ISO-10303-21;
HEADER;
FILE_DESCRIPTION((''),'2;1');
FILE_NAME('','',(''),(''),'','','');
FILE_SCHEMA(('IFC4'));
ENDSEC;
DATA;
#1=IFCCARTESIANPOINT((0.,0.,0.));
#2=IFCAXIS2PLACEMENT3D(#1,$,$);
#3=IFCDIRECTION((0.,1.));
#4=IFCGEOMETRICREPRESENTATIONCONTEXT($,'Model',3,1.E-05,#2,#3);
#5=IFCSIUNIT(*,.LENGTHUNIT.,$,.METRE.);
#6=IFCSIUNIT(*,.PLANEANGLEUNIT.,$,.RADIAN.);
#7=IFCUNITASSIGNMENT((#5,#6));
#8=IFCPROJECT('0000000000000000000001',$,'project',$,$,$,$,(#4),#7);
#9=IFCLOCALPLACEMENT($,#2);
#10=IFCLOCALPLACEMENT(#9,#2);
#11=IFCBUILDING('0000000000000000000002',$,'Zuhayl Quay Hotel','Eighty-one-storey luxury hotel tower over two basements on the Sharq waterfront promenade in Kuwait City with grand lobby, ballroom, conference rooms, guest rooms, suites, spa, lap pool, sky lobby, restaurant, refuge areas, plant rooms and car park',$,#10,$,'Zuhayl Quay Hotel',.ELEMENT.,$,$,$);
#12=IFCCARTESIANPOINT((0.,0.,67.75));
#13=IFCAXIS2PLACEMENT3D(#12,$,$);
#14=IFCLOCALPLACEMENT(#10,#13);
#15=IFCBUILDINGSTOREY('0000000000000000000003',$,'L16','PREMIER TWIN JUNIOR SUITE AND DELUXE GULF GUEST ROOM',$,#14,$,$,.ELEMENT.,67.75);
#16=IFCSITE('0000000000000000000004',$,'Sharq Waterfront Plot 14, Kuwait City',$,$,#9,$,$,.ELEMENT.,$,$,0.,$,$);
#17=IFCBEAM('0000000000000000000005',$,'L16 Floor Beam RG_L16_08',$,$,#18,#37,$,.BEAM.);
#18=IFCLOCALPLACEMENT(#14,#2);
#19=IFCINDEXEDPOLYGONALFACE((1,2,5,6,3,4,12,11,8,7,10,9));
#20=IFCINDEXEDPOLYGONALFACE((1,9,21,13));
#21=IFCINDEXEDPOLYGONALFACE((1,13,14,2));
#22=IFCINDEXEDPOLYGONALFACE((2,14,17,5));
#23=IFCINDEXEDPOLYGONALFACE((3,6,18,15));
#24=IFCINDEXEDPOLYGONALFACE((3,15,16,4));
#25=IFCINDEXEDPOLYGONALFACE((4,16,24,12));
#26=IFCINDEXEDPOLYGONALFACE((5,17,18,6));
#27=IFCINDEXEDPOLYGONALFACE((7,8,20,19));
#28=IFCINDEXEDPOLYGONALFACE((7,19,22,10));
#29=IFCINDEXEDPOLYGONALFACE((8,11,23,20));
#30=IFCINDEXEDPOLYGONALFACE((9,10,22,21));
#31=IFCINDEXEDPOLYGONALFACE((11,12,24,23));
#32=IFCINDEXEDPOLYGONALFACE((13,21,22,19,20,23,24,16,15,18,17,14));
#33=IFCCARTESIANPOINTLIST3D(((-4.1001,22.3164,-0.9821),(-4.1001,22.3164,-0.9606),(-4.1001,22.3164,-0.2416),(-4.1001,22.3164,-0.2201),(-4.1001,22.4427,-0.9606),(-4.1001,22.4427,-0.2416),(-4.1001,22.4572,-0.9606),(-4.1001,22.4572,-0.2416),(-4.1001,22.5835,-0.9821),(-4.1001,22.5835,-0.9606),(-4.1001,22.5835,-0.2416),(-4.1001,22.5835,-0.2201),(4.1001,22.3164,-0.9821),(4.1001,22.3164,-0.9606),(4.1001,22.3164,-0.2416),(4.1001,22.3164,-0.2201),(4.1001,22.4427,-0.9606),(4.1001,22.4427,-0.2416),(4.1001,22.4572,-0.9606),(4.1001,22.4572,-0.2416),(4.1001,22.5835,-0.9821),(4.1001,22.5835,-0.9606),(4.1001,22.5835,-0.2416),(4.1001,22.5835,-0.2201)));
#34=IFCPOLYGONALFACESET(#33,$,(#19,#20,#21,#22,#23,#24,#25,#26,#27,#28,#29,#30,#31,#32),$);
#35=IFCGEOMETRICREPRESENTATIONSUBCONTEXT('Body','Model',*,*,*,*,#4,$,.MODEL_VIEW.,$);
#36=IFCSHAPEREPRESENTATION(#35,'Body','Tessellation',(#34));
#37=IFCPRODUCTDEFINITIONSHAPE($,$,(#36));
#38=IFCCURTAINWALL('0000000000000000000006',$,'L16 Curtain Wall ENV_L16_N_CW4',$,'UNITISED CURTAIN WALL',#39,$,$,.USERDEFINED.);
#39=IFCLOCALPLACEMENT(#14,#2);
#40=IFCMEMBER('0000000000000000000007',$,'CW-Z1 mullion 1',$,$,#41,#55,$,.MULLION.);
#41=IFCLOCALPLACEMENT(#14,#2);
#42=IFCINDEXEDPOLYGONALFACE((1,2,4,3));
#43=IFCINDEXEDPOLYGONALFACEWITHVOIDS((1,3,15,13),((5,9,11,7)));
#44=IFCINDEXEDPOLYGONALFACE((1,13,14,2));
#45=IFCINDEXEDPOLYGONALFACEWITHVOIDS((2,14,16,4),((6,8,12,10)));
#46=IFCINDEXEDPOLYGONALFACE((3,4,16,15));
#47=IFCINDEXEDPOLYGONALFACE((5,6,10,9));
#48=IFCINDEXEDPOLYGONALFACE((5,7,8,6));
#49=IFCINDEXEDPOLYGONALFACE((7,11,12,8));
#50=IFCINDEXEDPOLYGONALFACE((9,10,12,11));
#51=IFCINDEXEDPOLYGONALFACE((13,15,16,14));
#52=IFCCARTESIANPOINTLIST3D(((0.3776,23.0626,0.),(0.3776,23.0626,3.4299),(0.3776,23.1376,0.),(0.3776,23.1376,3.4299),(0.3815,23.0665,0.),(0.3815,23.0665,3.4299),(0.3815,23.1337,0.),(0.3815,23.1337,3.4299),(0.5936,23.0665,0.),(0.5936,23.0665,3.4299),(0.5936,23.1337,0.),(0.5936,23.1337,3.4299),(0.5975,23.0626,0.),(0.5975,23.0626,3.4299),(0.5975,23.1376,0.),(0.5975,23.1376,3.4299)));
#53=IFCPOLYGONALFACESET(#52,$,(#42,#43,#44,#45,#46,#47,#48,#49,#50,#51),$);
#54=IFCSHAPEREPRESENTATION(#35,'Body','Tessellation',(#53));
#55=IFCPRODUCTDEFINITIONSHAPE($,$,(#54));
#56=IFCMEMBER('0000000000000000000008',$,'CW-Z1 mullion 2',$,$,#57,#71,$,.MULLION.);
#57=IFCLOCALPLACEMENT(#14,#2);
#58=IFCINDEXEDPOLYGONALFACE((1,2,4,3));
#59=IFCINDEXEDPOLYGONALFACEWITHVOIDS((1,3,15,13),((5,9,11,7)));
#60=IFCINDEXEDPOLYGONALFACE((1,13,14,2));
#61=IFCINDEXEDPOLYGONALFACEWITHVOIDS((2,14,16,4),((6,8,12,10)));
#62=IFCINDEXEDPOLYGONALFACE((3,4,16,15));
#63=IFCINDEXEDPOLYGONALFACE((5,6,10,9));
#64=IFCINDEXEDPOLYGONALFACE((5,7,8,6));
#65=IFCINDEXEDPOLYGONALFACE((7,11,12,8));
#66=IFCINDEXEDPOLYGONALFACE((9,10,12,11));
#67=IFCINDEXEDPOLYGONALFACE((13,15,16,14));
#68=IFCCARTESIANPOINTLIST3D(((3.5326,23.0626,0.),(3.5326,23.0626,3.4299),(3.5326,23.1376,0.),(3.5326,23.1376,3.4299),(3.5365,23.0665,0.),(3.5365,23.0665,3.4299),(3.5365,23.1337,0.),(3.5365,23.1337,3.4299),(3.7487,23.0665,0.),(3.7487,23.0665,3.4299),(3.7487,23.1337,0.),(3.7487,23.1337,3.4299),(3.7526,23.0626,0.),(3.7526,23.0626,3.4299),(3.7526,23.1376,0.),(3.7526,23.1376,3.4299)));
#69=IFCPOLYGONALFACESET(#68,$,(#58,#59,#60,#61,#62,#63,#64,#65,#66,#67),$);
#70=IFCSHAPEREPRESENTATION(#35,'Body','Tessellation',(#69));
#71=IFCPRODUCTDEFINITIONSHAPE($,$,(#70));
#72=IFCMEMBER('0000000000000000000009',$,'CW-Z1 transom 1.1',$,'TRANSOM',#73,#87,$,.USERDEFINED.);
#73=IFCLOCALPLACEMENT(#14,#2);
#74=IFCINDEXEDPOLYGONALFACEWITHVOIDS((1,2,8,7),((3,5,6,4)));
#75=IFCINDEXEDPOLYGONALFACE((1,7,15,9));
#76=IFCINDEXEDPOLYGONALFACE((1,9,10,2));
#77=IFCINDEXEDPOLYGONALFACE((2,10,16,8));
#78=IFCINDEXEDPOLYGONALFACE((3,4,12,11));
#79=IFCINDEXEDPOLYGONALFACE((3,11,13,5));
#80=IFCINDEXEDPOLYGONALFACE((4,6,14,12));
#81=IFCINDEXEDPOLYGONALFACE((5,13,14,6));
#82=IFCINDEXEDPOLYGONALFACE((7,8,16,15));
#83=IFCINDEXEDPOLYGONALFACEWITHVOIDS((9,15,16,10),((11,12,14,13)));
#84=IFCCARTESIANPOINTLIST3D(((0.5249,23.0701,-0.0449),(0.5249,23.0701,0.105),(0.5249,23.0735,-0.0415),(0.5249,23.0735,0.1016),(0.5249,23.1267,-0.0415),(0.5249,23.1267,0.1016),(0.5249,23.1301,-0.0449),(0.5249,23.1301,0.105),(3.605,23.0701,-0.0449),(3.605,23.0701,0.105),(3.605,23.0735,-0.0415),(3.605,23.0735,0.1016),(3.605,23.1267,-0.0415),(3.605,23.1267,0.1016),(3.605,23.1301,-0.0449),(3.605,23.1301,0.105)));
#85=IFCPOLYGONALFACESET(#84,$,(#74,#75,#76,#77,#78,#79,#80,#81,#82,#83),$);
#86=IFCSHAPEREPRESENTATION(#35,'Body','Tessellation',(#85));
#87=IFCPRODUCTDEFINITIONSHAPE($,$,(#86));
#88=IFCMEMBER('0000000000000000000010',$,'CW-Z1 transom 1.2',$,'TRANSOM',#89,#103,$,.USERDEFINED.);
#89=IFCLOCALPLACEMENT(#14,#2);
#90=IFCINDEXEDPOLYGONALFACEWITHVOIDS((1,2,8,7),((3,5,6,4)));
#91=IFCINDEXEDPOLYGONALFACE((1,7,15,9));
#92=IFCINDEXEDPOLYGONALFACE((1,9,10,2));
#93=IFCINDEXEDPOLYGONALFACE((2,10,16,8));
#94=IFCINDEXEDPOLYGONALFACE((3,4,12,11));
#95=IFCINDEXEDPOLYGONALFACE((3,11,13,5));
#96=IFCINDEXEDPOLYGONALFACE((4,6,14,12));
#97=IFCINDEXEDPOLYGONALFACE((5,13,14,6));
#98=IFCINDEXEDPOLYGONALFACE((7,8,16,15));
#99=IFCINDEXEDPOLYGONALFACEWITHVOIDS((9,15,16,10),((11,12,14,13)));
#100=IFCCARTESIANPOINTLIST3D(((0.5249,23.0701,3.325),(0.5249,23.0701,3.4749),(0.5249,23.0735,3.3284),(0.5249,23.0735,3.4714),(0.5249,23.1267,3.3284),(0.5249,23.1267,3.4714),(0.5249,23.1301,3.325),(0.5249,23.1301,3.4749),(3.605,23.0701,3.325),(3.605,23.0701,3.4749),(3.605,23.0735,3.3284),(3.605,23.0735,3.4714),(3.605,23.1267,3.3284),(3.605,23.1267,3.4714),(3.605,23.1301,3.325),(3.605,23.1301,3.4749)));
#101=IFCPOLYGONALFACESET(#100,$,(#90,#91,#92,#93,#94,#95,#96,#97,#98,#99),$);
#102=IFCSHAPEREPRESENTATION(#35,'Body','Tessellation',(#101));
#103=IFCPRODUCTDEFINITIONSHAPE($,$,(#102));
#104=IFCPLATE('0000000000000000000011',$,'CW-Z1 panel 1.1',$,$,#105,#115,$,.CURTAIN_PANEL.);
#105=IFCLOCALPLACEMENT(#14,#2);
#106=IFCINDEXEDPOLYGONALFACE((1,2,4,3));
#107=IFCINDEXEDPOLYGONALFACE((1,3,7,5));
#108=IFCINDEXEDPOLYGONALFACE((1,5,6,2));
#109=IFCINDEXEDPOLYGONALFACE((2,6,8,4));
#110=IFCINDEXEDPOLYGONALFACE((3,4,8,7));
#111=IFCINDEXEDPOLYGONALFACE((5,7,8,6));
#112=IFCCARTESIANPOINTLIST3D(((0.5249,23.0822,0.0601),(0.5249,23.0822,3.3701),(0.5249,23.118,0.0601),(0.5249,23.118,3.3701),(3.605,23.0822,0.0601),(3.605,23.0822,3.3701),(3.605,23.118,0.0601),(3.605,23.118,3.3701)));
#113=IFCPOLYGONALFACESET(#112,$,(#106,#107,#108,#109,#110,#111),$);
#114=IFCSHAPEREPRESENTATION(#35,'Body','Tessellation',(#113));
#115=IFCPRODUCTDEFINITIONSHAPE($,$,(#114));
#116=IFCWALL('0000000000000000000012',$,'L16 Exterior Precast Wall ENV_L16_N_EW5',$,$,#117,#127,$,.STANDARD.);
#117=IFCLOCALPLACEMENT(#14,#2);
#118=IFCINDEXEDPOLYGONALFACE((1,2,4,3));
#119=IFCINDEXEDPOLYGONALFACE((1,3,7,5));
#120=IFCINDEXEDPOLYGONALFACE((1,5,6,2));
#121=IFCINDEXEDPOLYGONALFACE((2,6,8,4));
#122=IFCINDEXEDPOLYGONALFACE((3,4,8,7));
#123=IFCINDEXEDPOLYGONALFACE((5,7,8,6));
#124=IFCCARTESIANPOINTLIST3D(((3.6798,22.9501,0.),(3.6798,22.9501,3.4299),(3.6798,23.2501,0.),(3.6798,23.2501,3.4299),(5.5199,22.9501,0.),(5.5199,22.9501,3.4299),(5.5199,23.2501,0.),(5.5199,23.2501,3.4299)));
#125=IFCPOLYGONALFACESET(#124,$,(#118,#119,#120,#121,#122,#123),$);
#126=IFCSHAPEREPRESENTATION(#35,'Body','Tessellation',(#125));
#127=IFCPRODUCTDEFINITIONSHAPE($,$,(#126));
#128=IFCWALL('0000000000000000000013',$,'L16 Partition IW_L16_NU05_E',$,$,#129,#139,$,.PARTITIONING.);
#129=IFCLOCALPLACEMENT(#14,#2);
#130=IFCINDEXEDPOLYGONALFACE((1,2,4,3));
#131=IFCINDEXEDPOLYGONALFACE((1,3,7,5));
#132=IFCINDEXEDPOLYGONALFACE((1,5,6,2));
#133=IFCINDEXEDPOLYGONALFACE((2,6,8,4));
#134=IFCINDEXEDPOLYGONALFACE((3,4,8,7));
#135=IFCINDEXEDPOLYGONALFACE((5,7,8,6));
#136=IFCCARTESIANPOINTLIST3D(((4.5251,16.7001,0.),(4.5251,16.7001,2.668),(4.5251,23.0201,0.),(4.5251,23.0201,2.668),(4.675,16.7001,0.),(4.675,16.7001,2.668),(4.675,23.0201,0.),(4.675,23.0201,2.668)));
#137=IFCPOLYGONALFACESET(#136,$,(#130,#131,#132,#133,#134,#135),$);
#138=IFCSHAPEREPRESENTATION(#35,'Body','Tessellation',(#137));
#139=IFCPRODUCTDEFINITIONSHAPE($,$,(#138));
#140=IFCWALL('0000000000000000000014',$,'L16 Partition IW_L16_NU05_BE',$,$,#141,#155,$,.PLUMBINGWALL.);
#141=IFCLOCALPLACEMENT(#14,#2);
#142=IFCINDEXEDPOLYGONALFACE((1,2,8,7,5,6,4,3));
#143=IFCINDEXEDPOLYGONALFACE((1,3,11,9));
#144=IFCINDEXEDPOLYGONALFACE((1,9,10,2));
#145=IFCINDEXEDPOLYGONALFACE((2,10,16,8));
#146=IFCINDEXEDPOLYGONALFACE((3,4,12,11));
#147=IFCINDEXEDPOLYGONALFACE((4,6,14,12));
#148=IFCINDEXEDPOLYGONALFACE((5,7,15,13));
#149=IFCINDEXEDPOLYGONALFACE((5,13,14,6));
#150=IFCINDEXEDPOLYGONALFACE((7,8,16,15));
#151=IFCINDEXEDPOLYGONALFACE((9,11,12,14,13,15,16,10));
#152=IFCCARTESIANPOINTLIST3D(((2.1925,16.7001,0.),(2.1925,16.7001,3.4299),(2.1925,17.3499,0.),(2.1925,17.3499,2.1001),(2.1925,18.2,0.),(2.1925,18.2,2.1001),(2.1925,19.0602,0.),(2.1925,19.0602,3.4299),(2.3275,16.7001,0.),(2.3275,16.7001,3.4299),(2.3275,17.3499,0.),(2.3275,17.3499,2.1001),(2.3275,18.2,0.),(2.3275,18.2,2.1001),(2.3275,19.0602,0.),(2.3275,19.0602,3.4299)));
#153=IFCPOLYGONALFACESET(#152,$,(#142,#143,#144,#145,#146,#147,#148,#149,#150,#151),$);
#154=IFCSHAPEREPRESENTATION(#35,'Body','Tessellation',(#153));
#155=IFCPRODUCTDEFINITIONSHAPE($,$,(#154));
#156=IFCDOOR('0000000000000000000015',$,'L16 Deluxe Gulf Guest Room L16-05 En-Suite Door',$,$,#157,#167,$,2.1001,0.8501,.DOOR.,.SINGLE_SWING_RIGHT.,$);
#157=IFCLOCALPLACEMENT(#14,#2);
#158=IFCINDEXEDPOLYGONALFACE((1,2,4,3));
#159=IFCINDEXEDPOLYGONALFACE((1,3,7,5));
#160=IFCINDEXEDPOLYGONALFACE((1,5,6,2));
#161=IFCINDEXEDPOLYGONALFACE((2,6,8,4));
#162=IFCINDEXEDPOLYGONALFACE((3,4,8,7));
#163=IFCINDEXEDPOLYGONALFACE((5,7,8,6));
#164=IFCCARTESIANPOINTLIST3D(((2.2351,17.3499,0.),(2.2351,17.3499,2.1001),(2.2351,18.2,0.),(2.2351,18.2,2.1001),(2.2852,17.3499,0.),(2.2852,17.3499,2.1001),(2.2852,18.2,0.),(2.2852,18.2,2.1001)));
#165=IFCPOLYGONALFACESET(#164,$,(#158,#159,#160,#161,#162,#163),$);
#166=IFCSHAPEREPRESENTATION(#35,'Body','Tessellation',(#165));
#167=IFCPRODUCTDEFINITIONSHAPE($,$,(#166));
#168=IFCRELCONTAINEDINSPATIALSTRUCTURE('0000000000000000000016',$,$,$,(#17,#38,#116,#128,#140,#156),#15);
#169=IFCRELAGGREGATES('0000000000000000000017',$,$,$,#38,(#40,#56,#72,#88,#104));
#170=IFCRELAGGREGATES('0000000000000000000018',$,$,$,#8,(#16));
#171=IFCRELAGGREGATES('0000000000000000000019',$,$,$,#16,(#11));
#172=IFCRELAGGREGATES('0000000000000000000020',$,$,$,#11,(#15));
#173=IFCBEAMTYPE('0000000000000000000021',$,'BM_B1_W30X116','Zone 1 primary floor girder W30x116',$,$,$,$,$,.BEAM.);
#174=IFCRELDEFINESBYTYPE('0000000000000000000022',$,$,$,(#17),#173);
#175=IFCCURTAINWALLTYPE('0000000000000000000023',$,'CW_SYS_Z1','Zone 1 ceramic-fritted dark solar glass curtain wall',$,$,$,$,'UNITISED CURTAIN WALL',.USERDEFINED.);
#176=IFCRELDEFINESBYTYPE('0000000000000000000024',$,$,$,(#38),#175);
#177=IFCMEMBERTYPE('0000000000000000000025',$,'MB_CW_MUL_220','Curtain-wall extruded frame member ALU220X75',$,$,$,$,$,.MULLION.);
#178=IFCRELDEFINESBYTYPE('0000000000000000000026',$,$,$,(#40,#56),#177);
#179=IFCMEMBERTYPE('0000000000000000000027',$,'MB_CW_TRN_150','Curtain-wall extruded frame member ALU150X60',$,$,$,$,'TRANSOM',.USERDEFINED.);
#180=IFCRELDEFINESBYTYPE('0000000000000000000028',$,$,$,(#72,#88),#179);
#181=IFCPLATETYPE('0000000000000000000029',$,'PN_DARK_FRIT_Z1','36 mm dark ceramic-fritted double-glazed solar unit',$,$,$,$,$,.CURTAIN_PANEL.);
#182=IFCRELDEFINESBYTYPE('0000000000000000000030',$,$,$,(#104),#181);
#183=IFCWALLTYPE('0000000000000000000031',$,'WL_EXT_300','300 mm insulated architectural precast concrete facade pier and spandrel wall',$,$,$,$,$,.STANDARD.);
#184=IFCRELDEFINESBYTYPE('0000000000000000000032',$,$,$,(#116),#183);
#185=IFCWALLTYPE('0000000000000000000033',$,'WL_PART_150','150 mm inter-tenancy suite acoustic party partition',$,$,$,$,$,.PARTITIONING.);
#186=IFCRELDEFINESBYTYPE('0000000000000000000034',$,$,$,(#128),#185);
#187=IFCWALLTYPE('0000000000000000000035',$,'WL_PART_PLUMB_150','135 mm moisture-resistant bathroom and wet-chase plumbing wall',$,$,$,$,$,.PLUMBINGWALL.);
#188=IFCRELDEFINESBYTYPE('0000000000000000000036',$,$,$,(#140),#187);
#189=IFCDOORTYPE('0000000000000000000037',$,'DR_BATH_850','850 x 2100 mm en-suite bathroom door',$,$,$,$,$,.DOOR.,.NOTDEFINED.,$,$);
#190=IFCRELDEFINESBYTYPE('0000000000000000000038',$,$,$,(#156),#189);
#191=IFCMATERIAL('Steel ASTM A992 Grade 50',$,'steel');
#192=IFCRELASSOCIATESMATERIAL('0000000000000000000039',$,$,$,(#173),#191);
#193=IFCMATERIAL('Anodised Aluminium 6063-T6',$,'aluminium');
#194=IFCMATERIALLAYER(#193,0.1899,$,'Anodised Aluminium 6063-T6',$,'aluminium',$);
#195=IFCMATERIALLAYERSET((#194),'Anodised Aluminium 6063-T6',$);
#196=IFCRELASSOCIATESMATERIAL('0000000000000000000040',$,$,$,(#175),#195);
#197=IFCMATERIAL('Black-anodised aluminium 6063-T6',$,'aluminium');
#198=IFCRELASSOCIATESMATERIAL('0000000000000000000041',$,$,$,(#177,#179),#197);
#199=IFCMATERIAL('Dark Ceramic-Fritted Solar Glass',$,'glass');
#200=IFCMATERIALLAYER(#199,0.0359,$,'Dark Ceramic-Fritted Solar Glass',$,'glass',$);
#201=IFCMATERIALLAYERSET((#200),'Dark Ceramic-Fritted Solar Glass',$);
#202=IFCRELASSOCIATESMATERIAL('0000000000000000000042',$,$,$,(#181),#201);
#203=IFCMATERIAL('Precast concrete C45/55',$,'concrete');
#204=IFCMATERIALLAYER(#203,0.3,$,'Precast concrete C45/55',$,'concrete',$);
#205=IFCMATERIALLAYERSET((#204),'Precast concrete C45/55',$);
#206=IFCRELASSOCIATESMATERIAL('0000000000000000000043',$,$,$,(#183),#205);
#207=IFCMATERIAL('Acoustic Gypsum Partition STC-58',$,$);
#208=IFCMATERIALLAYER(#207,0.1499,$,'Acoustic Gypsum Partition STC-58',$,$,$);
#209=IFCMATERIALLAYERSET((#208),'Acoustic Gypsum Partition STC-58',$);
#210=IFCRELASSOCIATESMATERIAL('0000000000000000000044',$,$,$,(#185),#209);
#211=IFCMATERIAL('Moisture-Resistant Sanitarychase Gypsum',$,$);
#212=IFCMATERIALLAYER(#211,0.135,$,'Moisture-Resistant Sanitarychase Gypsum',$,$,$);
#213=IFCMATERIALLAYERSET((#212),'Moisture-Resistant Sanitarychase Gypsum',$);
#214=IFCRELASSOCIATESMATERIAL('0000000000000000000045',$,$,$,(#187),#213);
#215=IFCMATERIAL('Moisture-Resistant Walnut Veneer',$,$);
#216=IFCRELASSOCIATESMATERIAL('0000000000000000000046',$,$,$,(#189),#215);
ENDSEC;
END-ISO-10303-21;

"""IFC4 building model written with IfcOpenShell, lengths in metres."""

from ifc_helpers import new_model, si_unit, direction, frame, frame_2d, origin, origin_2d, place, context, subcontext, project, spatial, rectangle, hollow_rectangle, i_section, extrude, material, layer, layer_set, material_profile, profile_set, type_object, element, fill, aggregate, save


model = new_model("IFC4")

# Units and contexts
model_context = context("Model", 3, precision=1e-05, world=origin(), true_north=direction((0.0, 1.0)))
body_context = subcontext(model_context, "Body", "Model", "MODEL_VIEW")
ifc_project = project(units=[si_unit("LENGTHUNIT", "METRE"), si_unit("PLANEANGLEUNIT", "RADIAN")], contexts=[model_context])

# Site, building, storey
site_placement = place(None, origin())
site = spatial("IfcSite", under=ifc_project, at=site_placement, Name="Sharq Waterfront Plot 14, Kuwait City", CompositionType="ELEMENT", RefElevation=0.0)
building_placement = place(site_placement, origin())
building = spatial("IfcBuilding", under=site, at=building_placement, Name="Zuhayl Quay Hotel", Description="Eighty-one-storey luxury hotel tower over two basements on the Sharq waterfront promenade in Kuwait City with grand lobby, ballroom, conference rooms, guest rooms, suites, spa, lap pool, sky lobby, restaurant, refuge areas, plant rooms and car park", LongName="Zuhayl Quay Hotel", CompositionType="ELEMENT")
storey_placement = place(building_placement, frame((0.0, 0.0, 67.75)))
storey = spatial("IfcBuildingStorey", under=building, at=storey_placement, Name="L16", Description="PREMIER TWIN JUNIOR SUITE AND DELUXE GULF GUEST ROOM", CompositionType="ELEMENT", Elevation=67.75)

# Beam
ifc_material_1 = material(Name="Steel ASTM A992 Grade 50", Category="steel")
ifc_material_profile_1 = material_profile(ifc_material_1, i_section(OverallWidth=0.2671, OverallDepth=0.762, WebThickness=0.0144, FlangeThickness=0.0215, at=origin_2d()), Name="W30X116")
ifc_profile_set_1 = profile_set([ifc_material_profile_1], Name="Steel ASTM A992 Grade 50")
beam_type = type_object("IfcBeamType", Name="BM_B1_W30X116", Description="Zone 1 primary floor girder W30x116", PredefinedType="BEAM", material=ifc_profile_set_1)
beam_placement = place(storey_placement, frame((4.1001, 22.45, -0.6011), z_axis=(-1.0, 0.0, 0.0), x_axis=(0.0, -1.0, 0.0)))
element("IfcBeam", 1, at=beam_placement, inside=storey, type_object=beam_type, Name="L16 Floor Beam RG_L16_08", PredefinedType="BEAM", context=body_context, shape_type="SweptSolid", body=[
    extrude(i_section(OverallWidth=0.2671, OverallDepth=0.762, WebThickness=0.0144, FlangeThickness=0.0215, at=origin_2d()), origin(), (0.0, 0.0, 1.0), 8.2002),
])

# Curtain wall, members, plate
ifc_material_2 = material(Name="Anodised Aluminium 6063-T6", Category="aluminium")
ifc_layer_1 = layer(ifc_material_2, 0.1899, Name="Anodised Aluminium 6063-T6", Category="aluminium")
ifc_layer_set_1 = layer_set([ifc_layer_1], Name="Anodised Aluminium 6063-T6")
curtain_wall_type = type_object("IfcCurtainWallType", Name="CW_SYS_Z1", Description="Zone 1 ceramic-fritted dark solar glass curtain wall", ElementType="UNITISED CURTAIN WALL", PredefinedType="USERDEFINED", material=ifc_layer_set_1)
curtain_wall_placement = place(storey_placement, origin())
curtain_wall = element("IfcCurtainWall", 2, at=curtain_wall_placement, inside=storey, type_object=curtain_wall_type, Name="L16 Curtain Wall ENV_L16_N_CW4", ObjectType="UNITISED CURTAIN WALL", PredefinedType="USERDEFINED")
ifc_material_3 = material(Name="Black-anodised aluminium 6063-T6", Category="aluminium")
ifc_material_profile_2 = material_profile(ifc_material_3, hollow_rectangle(XDim=0.075, YDim=0.22, WallThickness=0.0039, at=origin_2d()), Name="ALU220X75")
ifc_profile_set_2 = profile_set([ifc_material_profile_2], Name="Black-anodised aluminium 6063-T6")
member_type_1 = type_object("IfcMemberType", Name="MB_CW_MUL_220", Description="Curtain-wall extruded frame member ALU220X75", PredefinedType="MULLION", material=ifc_profile_set_2)
member_1_placement = place(storey_placement, frame((0.4875, 23.1001, 0.0), z_axis=(0.0, 0.0, 1.0), x_axis=(0.0, 1.0, 0.0)))
member_1 = element("IfcMember", 3, at=member_1_placement, type_object=member_type_1, Name="CW-Z1 mullion 1", PredefinedType="MULLION", context=body_context, shape_type="SweptSolid", body=[
    extrude(hollow_rectangle(XDim=0.075, YDim=0.22, WallThickness=0.0039, at=origin_2d()), origin(), (0.0, 0.0, 1.0), 3.4299),
])
member_2_placement = place(storey_placement, frame((3.6426, 23.1001, 0.0), z_axis=(0.0, 0.0, 1.0), x_axis=(0.0, 1.0, 0.0)))
member_2 = element("IfcMember", 4, at=member_2_placement, type_object=member_type_1, Name="CW-Z1 mullion 2", PredefinedType="MULLION", context=body_context, shape_type="SweptSolid", body=[
    extrude(hollow_rectangle(XDim=0.075, YDim=0.22, WallThickness=0.0039, at=origin_2d()), origin(), (0.0, 0.0, 1.0), 3.4299),
])
ifc_material_profile_3 = material_profile(ifc_material_3, hollow_rectangle(XDim=0.0601, YDim=0.1499, WallThickness=0.0034, at=origin_2d()), Name="ALU150X60")
ifc_profile_set_3 = profile_set([ifc_material_profile_3], Name="Black-anodised aluminium 6063-T6")
member_type_2 = type_object("IfcMemberType", Name="MB_CW_TRN_150", Description="Curtain-wall extruded frame member ALU150X60", ElementType="TRANSOM", PredefinedType="USERDEFINED", material=ifc_profile_set_3)
member_3_placement = place(storey_placement, frame((0.5249, 23.1001, 0.03), z_axis=(1.0, 0.0, 0.0), x_axis=(0.0, 1.0, 0.0)))
member_3 = element("IfcMember", 5, at=member_3_placement, type_object=member_type_2, Name="CW-Z1 transom 1.1", ObjectType="TRANSOM", PredefinedType="USERDEFINED", context=body_context, shape_type="SweptSolid", body=[
    extrude(hollow_rectangle(XDim=0.0601, YDim=0.1499, WallThickness=0.0034, at=origin_2d()), origin(), (0.0, 0.0, 1.0), 3.0801),
])
member_4_placement = place(storey_placement, frame((0.5249, 23.1001, 3.3999), z_axis=(1.0, 0.0, 0.0), x_axis=(0.0, 1.0, 0.0)))
member_4 = element("IfcMember", 6, at=member_4_placement, type_object=member_type_2, Name="CW-Z1 transom 1.2", ObjectType="TRANSOM", PredefinedType="USERDEFINED", context=body_context, shape_type="SweptSolid", body=[
    extrude(hollow_rectangle(XDim=0.0601, YDim=0.1499, WallThickness=0.0034, at=origin_2d()), origin(), (0.0, 0.0, 1.0), 3.0801),
])
ifc_material_4 = material(Name="Dark Ceramic-Fritted Solar Glass", Category="glass")
ifc_layer_2 = layer(ifc_material_4, 0.0359, Name="Dark Ceramic-Fritted Solar Glass", Category="glass")
ifc_layer_set_2 = layer_set([ifc_layer_2], Name="Dark Ceramic-Fritted Solar Glass")
plate_type = type_object("IfcPlateType", Name="PN_DARK_FRIT_Z1", Description="36 mm dark ceramic-fritted double-glazed solar unit", PredefinedType="CURTAIN_PANEL", material=ifc_layer_set_2)
plate_placement = place(storey_placement, frame((2.0649, 23.1001, 0.0601), z_axis=(0.0, 0.0, 1.0), x_axis=(1.0, 0.0, 0.0)))
plate = element("IfcPlate", 7, at=plate_placement, type_object=plate_type, Name="CW-Z1 panel 1.1", PredefinedType="CURTAIN_PANEL", context=body_context, shape_type="SweptSolid", body=[
    extrude(rectangle(XDim=3.0801, YDim=0.0359, at=origin_2d()), origin(), (0.0, 0.0, 1.0), 3.3101),
])
aggregate(curtain_wall, [member_1, member_2, member_3, member_4, plate])

# Walls
ifc_material_5 = material(Name="Precast concrete C45/55", Category="concrete")
ifc_layer_3 = layer(ifc_material_5, 0.3, Name="Precast concrete C45/55", Category="concrete")
ifc_layer_set_3 = layer_set([ifc_layer_3], Name="Precast concrete C45/55")
wall_type_1 = type_object("IfcWallType", Name="WL_EXT_300", Description="300 mm insulated architectural precast concrete facade pier and spandrel wall", PredefinedType="STANDARD", material=ifc_layer_set_3)
wall_1_placement = place(storey_placement, frame((3.6799, 23.1001, 0.0), z_axis=(0.0, 0.0, 1.0), x_axis=(1.0, 0.0, 0.0)))
element("IfcWall", 8, at=wall_1_placement, inside=storey, type_object=wall_type_1, Name="L16 Exterior Precast Wall ENV_L16_N_EW5", PredefinedType="STANDARD", context=body_context, shape_type="SweptSolid", body=[
    extrude(rectangle(XDim=1.8401, YDim=0.3, at=frame_2d((0.9199, 0.0))), origin(), (0.0, 0.0, 1.0), 3.4299),
])
ifc_material_6 = material(Name="Acoustic Gypsum Partition STC-58")
ifc_layer_4 = layer(ifc_material_6, 0.1499, Name="Acoustic Gypsum Partition STC-58")
ifc_layer_set_4 = layer_set([ifc_layer_4], Name="Acoustic Gypsum Partition STC-58")
wall_type_2 = type_object("IfcWallType", Name="WL_PART_150", Description="150 mm inter-tenancy suite acoustic party partition", PredefinedType="PARTITIONING", material=ifc_layer_set_4)
wall_2_placement = place(storey_placement, frame((4.6001, 16.7, 0.0), z_axis=(0.0, 0.0, 1.0), x_axis=(0.0, 1.0, 0.0)))
element("IfcWall", 9, at=wall_2_placement, inside=storey, type_object=wall_type_2, Name="L16 Partition IW_L16_NU05_E", PredefinedType="PARTITIONING", context=body_context, shape_type="SweptSolid", body=[
    extrude(rectangle(XDim=6.3201, YDim=0.1499, at=frame_2d((3.1602, 0.0))), origin(), (0.0, 0.0, 1.0), 2.668),
])

# Wall, opening, door
ifc_material_7 = material(Name="Moisture-Resistant Sanitarychase Gypsum")
ifc_layer_5 = layer(ifc_material_7, 0.135, Name="Moisture-Resistant Sanitarychase Gypsum")
ifc_layer_set_5 = layer_set([ifc_layer_5], Name="Moisture-Resistant Sanitarychase Gypsum")
wall_type_3 = type_object("IfcWallType", Name="WL_PART_PLUMB_150", Description="135 mm moisture-resistant bathroom and wet-chase plumbing wall", PredefinedType="PLUMBINGWALL", material=ifc_layer_set_5)
wall_3_placement = place(storey_placement, frame((2.26, 16.7, 0.0), z_axis=(0.0, 0.0, 1.0), x_axis=(0.0, 1.0, 0.0)))
wall_3 = element("IfcWall", 10, at=wall_3_placement, inside=storey, type_object=wall_type_3, Name="L16 Partition IW_L16_NU05_BE", PredefinedType="PLUMBINGWALL", context=body_context, shape_type="SweptSolid", body=[
    extrude(rectangle(XDim=2.3601, YDim=0.135, at=frame_2d((1.1802, 0.0))), origin(), (0.0, 0.0, 1.0), 3.4299),
])
opening_1_placement = place(wall_3_placement, frame((0.6499, 0.0, 0.0)))
opening_1 = element("IfcOpeningElement", 11, at=opening_1_placement, cuts=wall_3, PredefinedType="OPENING", context=body_context, shape_type="SweptSolid", body=[
    extrude(rectangle(XDim=0.8501, YDim=2.1001, at=frame_2d((0.425, 1.05))), frame((0.0, 0.0774, 0.0), z_axis=(0.0, -1.0, 0.0), x_axis=(1.0, 0.0, 0.0)), (0.0, 0.0, 1.0), 0.155),
])
ifc_material_8 = material(Name="Moisture-Resistant Walnut Veneer")
door_type_1 = type_object("IfcDoorType", Name="DR_BATH_850", Description="850 x 2100 mm en-suite bathroom door", OperationType="NOTDEFINED", PredefinedType="DOOR", material=ifc_material_8)
door_1_placement = place(opening_1_placement, origin())
door_1 = element("IfcDoor", 12, at=door_1_placement, inside=storey, type_object=door_type_1, Name="L16 Deluxe Gulf Guest Room L16-05 En-Suite Door", OperationType="SINGLE_SWING_RIGHT", OverallHeight=2.1001, OverallWidth=0.8501, PredefinedType="DOOR", context=body_context, shape_type="SweptSolid", body=[
    extrude(rectangle(XDim=0.8501, YDim=2.1001, at=frame_2d((0.425, 1.05))), frame((0.0, 0.0249, 0.0), z_axis=(0.0, -1.0, 0.0), x_axis=(1.0, 0.0, 0.0)), (0.0, 0.0, 1.0), 0.05),
])
fill(opening_1, door_1)

save(model, "model.ifc")
